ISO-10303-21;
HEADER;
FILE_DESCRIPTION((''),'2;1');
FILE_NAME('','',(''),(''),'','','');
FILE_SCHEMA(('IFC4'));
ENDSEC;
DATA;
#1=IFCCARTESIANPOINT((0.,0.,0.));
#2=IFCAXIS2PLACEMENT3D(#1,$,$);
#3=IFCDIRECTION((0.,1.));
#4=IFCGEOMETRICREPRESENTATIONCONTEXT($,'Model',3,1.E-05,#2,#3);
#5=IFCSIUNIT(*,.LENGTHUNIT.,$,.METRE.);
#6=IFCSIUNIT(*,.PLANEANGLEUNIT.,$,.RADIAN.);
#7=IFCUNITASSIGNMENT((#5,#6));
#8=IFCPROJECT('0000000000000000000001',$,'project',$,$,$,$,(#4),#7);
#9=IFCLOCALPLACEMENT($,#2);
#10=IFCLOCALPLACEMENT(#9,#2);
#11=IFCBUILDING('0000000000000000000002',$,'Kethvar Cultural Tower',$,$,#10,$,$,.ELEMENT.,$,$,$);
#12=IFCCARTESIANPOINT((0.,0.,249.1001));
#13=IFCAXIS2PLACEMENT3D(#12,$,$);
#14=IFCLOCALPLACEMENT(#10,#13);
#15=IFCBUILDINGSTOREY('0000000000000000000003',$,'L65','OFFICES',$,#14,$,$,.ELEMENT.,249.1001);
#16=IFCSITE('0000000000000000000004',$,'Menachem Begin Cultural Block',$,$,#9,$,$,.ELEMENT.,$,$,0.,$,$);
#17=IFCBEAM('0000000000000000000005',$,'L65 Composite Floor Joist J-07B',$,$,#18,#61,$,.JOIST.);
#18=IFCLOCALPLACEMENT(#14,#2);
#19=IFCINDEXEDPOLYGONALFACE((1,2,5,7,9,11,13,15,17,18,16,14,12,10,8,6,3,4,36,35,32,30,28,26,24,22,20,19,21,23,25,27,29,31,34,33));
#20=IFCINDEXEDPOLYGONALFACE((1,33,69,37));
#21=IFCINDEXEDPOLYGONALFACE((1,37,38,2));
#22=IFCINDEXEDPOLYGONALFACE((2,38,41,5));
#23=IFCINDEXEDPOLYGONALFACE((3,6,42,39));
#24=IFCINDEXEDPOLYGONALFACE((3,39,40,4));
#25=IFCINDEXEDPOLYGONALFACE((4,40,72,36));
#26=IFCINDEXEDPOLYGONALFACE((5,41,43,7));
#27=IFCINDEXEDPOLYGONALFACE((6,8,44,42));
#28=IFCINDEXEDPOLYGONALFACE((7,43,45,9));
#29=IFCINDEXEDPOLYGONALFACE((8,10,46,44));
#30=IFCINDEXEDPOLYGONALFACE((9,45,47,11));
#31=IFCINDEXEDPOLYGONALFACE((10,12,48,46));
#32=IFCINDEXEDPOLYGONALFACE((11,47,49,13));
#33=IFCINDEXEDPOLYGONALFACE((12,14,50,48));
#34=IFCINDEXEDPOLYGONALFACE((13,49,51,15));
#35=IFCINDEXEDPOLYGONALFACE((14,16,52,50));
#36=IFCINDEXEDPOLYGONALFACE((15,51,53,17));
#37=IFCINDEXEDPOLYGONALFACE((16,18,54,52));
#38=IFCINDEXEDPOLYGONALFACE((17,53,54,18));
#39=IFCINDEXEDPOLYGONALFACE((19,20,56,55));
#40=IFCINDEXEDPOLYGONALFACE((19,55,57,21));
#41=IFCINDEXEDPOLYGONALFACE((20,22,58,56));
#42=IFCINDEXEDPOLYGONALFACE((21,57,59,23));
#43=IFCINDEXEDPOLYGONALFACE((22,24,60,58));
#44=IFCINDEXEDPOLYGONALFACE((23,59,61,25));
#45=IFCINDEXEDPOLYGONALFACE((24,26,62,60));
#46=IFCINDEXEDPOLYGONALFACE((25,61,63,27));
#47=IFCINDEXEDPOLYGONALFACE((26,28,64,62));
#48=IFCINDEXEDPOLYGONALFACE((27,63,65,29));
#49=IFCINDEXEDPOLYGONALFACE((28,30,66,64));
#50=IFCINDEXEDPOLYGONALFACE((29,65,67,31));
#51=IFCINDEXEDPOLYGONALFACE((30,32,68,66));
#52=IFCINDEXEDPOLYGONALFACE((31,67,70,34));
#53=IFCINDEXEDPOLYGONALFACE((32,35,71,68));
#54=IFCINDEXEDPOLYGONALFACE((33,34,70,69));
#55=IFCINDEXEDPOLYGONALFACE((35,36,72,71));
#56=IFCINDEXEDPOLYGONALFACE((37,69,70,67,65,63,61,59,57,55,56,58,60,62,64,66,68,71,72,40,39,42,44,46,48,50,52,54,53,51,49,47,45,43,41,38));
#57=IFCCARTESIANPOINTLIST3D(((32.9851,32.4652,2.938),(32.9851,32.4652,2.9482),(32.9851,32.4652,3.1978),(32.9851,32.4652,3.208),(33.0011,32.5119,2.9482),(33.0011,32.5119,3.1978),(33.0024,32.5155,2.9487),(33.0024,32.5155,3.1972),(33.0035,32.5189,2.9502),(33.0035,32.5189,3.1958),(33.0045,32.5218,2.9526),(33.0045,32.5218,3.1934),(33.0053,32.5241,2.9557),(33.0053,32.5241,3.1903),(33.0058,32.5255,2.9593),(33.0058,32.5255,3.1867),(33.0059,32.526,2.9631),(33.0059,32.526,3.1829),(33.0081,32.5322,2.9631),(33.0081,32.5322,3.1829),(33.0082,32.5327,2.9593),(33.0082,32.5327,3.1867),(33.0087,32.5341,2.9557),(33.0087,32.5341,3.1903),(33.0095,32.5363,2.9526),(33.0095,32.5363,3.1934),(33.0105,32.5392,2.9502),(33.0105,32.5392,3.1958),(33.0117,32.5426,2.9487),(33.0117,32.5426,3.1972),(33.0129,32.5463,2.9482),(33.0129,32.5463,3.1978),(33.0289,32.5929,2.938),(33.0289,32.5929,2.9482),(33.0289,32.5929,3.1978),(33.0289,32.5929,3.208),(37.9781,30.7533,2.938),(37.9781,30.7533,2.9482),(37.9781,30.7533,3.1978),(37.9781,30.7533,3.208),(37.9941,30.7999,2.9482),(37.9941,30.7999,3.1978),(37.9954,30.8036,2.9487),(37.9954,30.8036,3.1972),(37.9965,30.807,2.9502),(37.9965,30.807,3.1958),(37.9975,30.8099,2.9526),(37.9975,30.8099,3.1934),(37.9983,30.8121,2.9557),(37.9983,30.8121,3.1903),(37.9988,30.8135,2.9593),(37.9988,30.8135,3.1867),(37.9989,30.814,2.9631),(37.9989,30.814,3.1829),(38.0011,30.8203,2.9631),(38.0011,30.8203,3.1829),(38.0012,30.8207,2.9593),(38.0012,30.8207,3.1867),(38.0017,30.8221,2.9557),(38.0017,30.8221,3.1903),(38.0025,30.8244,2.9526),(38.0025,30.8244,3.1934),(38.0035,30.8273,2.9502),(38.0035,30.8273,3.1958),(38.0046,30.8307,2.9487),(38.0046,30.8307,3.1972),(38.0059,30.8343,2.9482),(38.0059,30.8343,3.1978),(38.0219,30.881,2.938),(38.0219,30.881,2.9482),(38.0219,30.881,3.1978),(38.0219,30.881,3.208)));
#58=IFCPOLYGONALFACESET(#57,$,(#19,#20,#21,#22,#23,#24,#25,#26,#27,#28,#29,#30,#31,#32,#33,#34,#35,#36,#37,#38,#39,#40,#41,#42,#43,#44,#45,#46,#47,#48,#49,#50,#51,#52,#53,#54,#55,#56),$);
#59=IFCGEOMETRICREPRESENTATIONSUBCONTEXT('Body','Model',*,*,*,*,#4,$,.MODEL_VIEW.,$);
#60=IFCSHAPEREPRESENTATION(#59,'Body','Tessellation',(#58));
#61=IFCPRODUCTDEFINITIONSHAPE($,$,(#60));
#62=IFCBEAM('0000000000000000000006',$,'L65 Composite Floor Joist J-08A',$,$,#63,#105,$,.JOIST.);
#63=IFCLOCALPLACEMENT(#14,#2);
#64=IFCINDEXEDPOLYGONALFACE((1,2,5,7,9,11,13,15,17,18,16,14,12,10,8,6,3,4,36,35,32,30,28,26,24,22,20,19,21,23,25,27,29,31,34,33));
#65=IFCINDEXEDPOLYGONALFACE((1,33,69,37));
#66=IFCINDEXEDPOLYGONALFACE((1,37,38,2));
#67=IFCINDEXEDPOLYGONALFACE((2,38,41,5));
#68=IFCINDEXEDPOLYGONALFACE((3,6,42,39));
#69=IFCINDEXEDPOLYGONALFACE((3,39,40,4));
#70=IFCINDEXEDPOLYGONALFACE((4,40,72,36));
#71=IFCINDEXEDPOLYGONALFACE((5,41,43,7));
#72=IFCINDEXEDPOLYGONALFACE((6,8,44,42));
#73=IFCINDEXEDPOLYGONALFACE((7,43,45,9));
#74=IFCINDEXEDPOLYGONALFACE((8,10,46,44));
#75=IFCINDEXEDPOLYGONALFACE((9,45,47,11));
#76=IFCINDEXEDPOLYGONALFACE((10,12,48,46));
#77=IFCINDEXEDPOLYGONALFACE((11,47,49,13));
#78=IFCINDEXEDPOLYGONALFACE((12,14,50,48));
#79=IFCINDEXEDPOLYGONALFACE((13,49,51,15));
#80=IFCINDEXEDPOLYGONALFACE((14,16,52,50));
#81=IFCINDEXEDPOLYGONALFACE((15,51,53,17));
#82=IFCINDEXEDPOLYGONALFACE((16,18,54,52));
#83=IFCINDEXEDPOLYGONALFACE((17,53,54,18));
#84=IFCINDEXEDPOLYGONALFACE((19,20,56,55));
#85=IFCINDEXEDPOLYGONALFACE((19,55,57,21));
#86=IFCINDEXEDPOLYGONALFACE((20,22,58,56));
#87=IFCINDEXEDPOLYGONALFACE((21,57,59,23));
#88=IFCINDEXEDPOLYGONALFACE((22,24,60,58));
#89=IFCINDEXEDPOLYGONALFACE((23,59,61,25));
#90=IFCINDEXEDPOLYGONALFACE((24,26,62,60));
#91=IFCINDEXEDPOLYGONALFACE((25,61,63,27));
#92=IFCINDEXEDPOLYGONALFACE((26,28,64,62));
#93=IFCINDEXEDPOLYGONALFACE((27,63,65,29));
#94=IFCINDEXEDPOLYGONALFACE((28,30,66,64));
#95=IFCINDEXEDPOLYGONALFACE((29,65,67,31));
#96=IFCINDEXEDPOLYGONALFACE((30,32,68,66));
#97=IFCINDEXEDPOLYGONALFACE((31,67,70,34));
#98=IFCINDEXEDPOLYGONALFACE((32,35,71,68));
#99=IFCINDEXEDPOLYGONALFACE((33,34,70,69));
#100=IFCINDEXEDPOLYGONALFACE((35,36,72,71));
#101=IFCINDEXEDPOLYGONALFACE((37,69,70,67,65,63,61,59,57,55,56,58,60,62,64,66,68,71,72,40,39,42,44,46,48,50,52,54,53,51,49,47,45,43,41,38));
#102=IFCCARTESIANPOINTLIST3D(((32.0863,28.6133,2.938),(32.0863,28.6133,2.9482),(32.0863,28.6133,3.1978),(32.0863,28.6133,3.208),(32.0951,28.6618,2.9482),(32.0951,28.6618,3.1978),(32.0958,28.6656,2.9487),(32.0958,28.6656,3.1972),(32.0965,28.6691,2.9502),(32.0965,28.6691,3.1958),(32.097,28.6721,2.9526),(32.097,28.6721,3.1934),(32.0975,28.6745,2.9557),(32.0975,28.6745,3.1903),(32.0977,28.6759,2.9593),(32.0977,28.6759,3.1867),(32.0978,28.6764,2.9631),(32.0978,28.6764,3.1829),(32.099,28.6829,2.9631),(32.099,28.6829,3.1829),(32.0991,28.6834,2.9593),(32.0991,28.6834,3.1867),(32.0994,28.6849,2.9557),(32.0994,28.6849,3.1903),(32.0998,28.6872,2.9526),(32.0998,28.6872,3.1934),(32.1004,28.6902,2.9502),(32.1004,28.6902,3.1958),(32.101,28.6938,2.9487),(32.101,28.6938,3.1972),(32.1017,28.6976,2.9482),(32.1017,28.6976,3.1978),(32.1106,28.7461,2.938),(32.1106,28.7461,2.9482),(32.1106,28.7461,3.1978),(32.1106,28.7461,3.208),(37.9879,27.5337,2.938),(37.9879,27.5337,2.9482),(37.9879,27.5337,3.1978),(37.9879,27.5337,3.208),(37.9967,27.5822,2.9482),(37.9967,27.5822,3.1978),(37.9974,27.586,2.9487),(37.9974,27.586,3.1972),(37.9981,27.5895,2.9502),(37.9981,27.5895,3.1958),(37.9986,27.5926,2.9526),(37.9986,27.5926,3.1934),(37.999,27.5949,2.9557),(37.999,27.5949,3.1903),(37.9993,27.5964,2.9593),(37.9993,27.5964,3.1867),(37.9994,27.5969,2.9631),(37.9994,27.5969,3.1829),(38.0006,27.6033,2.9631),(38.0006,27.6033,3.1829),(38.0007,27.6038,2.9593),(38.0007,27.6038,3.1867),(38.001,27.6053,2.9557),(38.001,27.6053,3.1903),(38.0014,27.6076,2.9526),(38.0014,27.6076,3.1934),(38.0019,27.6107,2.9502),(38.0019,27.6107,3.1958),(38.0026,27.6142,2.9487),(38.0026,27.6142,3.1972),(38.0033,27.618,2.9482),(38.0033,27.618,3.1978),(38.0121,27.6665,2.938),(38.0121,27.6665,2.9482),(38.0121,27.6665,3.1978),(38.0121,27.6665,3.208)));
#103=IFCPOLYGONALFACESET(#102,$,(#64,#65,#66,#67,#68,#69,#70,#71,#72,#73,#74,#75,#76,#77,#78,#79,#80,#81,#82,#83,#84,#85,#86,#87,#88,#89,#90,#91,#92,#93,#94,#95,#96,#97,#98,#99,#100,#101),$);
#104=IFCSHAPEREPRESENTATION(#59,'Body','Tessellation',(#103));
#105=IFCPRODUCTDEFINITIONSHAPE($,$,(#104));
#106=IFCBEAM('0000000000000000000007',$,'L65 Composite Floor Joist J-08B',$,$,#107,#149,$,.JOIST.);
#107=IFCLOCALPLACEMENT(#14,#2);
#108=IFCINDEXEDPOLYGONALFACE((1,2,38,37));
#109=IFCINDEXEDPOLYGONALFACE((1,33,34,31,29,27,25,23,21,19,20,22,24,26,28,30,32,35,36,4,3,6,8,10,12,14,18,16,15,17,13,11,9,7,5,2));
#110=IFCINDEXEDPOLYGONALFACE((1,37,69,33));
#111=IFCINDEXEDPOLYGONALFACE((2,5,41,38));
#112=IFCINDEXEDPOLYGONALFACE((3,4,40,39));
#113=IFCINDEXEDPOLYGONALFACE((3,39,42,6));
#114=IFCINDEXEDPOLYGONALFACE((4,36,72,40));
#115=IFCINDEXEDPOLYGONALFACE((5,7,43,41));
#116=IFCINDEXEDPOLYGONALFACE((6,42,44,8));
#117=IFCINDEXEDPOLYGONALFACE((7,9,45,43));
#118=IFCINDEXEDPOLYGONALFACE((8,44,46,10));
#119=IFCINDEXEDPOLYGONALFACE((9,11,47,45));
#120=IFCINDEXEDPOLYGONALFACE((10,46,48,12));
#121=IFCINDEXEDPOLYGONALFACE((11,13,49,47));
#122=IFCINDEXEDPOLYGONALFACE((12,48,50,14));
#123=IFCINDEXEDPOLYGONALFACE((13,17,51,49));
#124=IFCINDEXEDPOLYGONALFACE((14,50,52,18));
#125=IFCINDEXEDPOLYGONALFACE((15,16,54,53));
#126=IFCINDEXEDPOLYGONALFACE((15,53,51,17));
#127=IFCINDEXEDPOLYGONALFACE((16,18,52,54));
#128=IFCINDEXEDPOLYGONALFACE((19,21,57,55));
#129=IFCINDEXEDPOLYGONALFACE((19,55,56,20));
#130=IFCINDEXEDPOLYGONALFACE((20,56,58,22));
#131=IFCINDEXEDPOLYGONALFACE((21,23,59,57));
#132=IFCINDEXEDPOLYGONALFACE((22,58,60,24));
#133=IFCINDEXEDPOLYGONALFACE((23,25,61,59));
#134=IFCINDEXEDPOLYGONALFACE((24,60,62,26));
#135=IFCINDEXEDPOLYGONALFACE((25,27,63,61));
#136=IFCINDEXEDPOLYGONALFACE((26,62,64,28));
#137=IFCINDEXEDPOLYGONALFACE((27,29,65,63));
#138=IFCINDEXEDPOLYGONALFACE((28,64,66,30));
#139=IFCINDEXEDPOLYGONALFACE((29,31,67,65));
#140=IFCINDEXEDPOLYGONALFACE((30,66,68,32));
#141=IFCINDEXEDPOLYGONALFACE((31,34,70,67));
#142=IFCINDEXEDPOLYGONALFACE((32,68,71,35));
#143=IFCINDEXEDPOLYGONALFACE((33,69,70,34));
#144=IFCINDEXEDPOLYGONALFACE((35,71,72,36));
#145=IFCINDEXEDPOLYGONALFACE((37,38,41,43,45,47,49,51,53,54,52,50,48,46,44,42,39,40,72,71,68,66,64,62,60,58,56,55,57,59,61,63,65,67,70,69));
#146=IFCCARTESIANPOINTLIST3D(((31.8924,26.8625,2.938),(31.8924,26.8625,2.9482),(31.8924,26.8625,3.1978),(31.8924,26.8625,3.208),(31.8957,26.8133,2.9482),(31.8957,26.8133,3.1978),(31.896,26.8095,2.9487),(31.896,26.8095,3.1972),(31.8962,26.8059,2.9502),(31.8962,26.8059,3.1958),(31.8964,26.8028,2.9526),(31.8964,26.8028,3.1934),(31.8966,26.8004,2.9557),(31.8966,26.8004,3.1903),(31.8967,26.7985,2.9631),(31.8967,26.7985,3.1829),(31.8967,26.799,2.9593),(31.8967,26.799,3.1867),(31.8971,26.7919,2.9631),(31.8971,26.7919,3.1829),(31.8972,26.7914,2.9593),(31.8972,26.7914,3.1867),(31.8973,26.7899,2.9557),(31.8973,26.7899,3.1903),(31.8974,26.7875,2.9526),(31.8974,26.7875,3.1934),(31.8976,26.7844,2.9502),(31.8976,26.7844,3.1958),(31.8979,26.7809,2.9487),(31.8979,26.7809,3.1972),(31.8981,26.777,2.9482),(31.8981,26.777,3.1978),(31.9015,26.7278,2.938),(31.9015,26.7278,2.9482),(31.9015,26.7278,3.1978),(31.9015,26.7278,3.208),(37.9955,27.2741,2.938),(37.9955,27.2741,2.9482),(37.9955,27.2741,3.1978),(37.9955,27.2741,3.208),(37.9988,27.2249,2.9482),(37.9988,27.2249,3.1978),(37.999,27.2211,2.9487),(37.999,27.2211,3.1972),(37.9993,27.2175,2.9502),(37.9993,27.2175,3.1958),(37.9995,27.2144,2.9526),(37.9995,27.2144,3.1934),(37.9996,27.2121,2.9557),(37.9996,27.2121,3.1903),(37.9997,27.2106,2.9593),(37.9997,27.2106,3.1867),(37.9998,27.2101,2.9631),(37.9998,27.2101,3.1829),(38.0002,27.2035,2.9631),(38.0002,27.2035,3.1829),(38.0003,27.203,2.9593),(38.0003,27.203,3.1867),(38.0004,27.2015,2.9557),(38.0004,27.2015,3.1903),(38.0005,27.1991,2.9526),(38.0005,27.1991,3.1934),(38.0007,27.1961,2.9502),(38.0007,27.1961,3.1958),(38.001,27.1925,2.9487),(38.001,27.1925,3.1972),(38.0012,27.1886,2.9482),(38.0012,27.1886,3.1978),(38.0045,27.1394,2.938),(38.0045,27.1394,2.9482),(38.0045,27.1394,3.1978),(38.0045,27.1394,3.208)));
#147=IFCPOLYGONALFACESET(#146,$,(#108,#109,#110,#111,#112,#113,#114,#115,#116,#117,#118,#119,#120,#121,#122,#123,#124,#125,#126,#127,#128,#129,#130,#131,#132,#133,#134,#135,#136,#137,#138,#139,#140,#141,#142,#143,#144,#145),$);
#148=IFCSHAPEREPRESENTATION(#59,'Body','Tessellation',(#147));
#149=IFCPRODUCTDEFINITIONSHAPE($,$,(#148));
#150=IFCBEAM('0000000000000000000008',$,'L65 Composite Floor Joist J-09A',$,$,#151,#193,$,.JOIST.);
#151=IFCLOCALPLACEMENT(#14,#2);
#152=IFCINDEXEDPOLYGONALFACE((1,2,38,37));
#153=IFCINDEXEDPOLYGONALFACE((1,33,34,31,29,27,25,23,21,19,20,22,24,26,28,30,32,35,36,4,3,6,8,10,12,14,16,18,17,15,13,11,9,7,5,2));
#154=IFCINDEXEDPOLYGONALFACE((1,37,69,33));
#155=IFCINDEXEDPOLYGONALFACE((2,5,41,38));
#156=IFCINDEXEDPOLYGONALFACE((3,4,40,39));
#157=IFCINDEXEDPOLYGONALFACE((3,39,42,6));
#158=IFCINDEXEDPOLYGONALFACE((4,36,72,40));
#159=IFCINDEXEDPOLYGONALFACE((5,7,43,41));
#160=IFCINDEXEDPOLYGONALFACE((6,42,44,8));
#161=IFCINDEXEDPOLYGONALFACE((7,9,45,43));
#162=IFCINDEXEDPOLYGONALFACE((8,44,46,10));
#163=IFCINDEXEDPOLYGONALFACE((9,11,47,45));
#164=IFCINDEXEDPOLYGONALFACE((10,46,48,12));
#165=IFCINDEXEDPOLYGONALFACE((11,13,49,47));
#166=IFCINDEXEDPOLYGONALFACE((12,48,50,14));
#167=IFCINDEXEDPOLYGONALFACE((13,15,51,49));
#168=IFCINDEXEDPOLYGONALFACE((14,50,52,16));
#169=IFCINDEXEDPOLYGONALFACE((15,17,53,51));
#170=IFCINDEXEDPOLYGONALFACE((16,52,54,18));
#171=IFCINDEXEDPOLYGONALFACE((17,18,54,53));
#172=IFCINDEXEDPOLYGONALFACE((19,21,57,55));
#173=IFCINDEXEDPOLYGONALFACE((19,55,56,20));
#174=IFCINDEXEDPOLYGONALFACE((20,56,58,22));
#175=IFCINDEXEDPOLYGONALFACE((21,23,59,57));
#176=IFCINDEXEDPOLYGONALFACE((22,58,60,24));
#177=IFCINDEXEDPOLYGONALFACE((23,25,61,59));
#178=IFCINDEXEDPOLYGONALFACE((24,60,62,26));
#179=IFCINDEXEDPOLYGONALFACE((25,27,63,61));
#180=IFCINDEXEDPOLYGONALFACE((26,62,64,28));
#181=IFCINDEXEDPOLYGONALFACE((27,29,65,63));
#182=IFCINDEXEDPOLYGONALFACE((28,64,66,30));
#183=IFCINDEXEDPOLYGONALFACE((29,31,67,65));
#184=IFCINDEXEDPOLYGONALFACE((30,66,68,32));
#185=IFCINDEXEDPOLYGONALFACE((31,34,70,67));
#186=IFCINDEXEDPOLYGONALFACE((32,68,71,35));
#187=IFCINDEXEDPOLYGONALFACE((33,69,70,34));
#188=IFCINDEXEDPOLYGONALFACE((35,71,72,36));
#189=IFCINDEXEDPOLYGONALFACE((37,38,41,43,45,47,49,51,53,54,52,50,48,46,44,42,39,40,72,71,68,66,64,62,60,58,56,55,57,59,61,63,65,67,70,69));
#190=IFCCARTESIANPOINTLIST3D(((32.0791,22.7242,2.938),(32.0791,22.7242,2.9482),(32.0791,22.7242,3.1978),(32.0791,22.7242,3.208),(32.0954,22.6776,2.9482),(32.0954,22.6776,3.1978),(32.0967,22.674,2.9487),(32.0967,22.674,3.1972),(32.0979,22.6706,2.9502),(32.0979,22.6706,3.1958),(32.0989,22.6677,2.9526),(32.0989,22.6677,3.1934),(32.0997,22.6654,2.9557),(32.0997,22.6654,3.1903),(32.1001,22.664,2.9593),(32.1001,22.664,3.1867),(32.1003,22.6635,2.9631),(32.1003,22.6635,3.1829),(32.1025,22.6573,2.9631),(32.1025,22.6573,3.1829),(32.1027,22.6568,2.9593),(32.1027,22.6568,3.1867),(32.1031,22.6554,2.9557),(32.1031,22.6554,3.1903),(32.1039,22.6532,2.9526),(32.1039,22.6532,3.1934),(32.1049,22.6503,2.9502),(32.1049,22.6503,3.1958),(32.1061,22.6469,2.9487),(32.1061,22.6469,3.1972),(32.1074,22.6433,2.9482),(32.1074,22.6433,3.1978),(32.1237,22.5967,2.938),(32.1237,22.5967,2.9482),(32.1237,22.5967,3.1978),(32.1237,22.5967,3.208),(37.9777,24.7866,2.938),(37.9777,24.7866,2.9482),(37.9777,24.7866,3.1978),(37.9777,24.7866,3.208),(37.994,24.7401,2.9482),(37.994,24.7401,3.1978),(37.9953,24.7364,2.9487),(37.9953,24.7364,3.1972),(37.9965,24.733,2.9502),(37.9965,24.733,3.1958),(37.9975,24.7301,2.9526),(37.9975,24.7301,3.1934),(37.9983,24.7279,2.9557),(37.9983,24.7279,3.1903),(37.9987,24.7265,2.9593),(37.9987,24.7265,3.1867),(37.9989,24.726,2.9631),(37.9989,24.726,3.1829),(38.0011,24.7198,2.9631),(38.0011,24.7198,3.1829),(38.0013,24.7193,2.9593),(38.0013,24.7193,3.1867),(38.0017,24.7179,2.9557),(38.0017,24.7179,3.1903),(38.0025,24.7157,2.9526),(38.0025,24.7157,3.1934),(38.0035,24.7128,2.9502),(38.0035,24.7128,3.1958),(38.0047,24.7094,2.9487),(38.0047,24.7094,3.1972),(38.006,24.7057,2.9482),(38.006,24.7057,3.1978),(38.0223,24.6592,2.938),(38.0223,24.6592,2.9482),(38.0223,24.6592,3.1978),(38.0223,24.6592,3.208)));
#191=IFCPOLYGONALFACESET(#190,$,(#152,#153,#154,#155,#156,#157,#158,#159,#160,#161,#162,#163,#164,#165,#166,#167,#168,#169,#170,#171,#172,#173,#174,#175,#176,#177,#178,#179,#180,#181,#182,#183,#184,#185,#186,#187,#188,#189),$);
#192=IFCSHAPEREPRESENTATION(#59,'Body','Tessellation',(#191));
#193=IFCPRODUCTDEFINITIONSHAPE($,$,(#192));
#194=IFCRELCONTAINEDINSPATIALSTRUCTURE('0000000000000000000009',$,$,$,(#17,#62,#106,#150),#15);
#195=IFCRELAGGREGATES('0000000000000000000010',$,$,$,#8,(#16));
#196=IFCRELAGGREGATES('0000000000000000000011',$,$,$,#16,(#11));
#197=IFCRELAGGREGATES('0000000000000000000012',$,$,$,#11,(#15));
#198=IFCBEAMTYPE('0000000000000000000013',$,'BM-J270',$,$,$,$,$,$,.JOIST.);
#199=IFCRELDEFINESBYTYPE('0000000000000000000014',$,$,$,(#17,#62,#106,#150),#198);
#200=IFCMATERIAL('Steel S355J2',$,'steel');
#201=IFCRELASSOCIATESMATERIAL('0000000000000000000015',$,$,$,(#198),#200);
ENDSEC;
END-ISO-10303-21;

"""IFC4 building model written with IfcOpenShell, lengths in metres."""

from ifc_helpers import new_model, si_unit, direction, frame, origin, origin_2d, place, context, subcontext, project, spatial, i_section, extrude, source, transform, mapped, material, material_profile, profile_set, type_object, element, save


model = new_model("IFC4")

# Units and contexts
model_context = context("Model", 3, precision=1e-05, world=origin(), true_north=direction((0.0, 1.0)))
body_context = subcontext(model_context, "Body", "Model", "MODEL_VIEW")
ifc_project = project(units=[si_unit("LENGTHUNIT", "METRE"), si_unit("PLANEANGLEUNIT", "RADIAN")], contexts=[model_context])

# Site, building, storey
site_placement = place(None, origin())
site = spatial("IfcSite", under=ifc_project, at=site_placement, Name="Menachem Begin Cultural Block", CompositionType="ELEMENT", RefElevation=0.0)
building_placement = place(site_placement, origin())
building = spatial("IfcBuilding", under=site, at=building_placement, Name="Kethvar Cultural Tower", CompositionType="ELEMENT")
storey_placement = place(building_placement, frame((0.0, 0.0, 249.1001)))
storey = spatial("IfcBuildingStorey", under=building, at=storey_placement, Name="L65", Description="OFFICES", CompositionType="ELEMENT", Elevation=249.1001)

# Beams
ifc_material_1 = material(Name="Steel S355J2", Category="steel")
ifc_material_profile_1 = material_profile(ifc_material_1, i_section(OverallWidth=0.135, OverallDepth=0.27, WebThickness=0.0066, FlangeThickness=0.0103, FilletRadius=0.0149, at=origin_2d()), Name="Steel S355J2 — IPE270")
ifc_profile_set_1 = profile_set([ifc_material_profile_1], Name="Steel S355J2 — IPE270")
beam_type_1 = type_object("IfcBeamType", Name="BM-J270", PredefinedType="JOIST", material=ifc_profile_set_1)
shared_shape_1 = source(origin(), body_context, "Body", "SweptSolid", [
    extrude(i_section(OverallWidth=0.135, OverallDepth=0.27, WebThickness=0.0066, FlangeThickness=0.0103, FilletRadius=0.0149, at=origin_2d()), origin(), (0.0, 0.0, 1.0), 5.2783),
])
beam_1_placement = place(storey_placement, frame((38.0, 30.8171, 3.073), z_axis=(-0.945943, 0.324334, 0.0), x_axis=(-0.324334, -0.945943, 0.0)))
element("IfcBeam", 1, at=beam_1_placement, inside=storey, type_object=beam_type_1, Name="L65 Composite Floor Joist J-07B", PredefinedType="JOIST", context=body_context, shape_type="MappedRepresentation", body=[
    mapped(shared_shape_1, transform((0.0, 0.0, 0.0), scale=1.0)),
])
shared_shape_2 = source(origin(), body_context, "Body", "SweptSolid", [
    extrude(i_section(OverallWidth=0.135, OverallDepth=0.27, WebThickness=0.0066, FlangeThickness=0.0103, FilletRadius=0.0149, at=origin_2d()), origin(), (0.0, 0.0, 1.0), 5.9995),
])
beam_2_placement = place(storey_placement, frame((38.0, 27.6001, 3.073), z_axis=(-0.983677, 0.179945, 0.0), x_axis=(-0.179945, -0.983677, 0.0)))
element("IfcBeam", 2, at=beam_2_placement, inside=storey, type_object=beam_type_1, Name="L65 Composite Floor Joist J-08A", PredefinedType="JOIST", context=body_context, shape_type="MappedRepresentation", body=[
    mapped(shared_shape_2, transform((0.0, 0.0, 0.0), scale=1.0)),
])
shared_shape_3 = source(origin(), body_context, "Body", "SweptSolid", [
    extrude(i_section(OverallWidth=0.135, OverallDepth=0.27, WebThickness=0.0066, FlangeThickness=0.0103, FilletRadius=0.0149, at=origin_2d()), origin(), (0.0, 0.0, 1.0), 6.1169),
])
beam_3_placement = place(storey_placement, frame((38.0, 27.2068, 3.073), z_axis=(-0.997733, -0.067293, 0.0), x_axis=(0.067293, -0.997733, 0.0)))
element("IfcBeam", 3, at=beam_3_placement, inside=storey, type_object=beam_type_1, Name="L65 Composite Floor Joist J-08B", PredefinedType="JOIST", context=body_context, shape_type="MappedRepresentation", body=[
    mapped(shared_shape_3, transform((0.0, 0.0, 0.0), scale=1.0)),
])
shared_shape_4 = source(origin(), body_context, "Body", "SweptSolid", [
    extrude(i_section(OverallWidth=0.135, OverallDepth=0.27, WebThickness=0.0066, FlangeThickness=0.0103, FilletRadius=0.0149, at=origin_2d()), origin(), (0.0, 0.0, 1.0), 6.2488),
])
beam_4_placement = place(storey_placement, frame((38.0, 24.7229, 3.073), z_axis=(-0.94396, -0.33006, 0.0), x_axis=(0.33006, -0.94396, 0.0)))
element("IfcBeam", 4, at=beam_4_placement, inside=storey, type_object=beam_type_1, Name="L65 Composite Floor Joist J-09A", PredefinedType="JOIST", context=body_context, shape_type="MappedRepresentation", body=[
    mapped(shared_shape_4, transform((0.0, 0.0, 0.0), scale=1.0)),
])

save(model, "model.ifc")
